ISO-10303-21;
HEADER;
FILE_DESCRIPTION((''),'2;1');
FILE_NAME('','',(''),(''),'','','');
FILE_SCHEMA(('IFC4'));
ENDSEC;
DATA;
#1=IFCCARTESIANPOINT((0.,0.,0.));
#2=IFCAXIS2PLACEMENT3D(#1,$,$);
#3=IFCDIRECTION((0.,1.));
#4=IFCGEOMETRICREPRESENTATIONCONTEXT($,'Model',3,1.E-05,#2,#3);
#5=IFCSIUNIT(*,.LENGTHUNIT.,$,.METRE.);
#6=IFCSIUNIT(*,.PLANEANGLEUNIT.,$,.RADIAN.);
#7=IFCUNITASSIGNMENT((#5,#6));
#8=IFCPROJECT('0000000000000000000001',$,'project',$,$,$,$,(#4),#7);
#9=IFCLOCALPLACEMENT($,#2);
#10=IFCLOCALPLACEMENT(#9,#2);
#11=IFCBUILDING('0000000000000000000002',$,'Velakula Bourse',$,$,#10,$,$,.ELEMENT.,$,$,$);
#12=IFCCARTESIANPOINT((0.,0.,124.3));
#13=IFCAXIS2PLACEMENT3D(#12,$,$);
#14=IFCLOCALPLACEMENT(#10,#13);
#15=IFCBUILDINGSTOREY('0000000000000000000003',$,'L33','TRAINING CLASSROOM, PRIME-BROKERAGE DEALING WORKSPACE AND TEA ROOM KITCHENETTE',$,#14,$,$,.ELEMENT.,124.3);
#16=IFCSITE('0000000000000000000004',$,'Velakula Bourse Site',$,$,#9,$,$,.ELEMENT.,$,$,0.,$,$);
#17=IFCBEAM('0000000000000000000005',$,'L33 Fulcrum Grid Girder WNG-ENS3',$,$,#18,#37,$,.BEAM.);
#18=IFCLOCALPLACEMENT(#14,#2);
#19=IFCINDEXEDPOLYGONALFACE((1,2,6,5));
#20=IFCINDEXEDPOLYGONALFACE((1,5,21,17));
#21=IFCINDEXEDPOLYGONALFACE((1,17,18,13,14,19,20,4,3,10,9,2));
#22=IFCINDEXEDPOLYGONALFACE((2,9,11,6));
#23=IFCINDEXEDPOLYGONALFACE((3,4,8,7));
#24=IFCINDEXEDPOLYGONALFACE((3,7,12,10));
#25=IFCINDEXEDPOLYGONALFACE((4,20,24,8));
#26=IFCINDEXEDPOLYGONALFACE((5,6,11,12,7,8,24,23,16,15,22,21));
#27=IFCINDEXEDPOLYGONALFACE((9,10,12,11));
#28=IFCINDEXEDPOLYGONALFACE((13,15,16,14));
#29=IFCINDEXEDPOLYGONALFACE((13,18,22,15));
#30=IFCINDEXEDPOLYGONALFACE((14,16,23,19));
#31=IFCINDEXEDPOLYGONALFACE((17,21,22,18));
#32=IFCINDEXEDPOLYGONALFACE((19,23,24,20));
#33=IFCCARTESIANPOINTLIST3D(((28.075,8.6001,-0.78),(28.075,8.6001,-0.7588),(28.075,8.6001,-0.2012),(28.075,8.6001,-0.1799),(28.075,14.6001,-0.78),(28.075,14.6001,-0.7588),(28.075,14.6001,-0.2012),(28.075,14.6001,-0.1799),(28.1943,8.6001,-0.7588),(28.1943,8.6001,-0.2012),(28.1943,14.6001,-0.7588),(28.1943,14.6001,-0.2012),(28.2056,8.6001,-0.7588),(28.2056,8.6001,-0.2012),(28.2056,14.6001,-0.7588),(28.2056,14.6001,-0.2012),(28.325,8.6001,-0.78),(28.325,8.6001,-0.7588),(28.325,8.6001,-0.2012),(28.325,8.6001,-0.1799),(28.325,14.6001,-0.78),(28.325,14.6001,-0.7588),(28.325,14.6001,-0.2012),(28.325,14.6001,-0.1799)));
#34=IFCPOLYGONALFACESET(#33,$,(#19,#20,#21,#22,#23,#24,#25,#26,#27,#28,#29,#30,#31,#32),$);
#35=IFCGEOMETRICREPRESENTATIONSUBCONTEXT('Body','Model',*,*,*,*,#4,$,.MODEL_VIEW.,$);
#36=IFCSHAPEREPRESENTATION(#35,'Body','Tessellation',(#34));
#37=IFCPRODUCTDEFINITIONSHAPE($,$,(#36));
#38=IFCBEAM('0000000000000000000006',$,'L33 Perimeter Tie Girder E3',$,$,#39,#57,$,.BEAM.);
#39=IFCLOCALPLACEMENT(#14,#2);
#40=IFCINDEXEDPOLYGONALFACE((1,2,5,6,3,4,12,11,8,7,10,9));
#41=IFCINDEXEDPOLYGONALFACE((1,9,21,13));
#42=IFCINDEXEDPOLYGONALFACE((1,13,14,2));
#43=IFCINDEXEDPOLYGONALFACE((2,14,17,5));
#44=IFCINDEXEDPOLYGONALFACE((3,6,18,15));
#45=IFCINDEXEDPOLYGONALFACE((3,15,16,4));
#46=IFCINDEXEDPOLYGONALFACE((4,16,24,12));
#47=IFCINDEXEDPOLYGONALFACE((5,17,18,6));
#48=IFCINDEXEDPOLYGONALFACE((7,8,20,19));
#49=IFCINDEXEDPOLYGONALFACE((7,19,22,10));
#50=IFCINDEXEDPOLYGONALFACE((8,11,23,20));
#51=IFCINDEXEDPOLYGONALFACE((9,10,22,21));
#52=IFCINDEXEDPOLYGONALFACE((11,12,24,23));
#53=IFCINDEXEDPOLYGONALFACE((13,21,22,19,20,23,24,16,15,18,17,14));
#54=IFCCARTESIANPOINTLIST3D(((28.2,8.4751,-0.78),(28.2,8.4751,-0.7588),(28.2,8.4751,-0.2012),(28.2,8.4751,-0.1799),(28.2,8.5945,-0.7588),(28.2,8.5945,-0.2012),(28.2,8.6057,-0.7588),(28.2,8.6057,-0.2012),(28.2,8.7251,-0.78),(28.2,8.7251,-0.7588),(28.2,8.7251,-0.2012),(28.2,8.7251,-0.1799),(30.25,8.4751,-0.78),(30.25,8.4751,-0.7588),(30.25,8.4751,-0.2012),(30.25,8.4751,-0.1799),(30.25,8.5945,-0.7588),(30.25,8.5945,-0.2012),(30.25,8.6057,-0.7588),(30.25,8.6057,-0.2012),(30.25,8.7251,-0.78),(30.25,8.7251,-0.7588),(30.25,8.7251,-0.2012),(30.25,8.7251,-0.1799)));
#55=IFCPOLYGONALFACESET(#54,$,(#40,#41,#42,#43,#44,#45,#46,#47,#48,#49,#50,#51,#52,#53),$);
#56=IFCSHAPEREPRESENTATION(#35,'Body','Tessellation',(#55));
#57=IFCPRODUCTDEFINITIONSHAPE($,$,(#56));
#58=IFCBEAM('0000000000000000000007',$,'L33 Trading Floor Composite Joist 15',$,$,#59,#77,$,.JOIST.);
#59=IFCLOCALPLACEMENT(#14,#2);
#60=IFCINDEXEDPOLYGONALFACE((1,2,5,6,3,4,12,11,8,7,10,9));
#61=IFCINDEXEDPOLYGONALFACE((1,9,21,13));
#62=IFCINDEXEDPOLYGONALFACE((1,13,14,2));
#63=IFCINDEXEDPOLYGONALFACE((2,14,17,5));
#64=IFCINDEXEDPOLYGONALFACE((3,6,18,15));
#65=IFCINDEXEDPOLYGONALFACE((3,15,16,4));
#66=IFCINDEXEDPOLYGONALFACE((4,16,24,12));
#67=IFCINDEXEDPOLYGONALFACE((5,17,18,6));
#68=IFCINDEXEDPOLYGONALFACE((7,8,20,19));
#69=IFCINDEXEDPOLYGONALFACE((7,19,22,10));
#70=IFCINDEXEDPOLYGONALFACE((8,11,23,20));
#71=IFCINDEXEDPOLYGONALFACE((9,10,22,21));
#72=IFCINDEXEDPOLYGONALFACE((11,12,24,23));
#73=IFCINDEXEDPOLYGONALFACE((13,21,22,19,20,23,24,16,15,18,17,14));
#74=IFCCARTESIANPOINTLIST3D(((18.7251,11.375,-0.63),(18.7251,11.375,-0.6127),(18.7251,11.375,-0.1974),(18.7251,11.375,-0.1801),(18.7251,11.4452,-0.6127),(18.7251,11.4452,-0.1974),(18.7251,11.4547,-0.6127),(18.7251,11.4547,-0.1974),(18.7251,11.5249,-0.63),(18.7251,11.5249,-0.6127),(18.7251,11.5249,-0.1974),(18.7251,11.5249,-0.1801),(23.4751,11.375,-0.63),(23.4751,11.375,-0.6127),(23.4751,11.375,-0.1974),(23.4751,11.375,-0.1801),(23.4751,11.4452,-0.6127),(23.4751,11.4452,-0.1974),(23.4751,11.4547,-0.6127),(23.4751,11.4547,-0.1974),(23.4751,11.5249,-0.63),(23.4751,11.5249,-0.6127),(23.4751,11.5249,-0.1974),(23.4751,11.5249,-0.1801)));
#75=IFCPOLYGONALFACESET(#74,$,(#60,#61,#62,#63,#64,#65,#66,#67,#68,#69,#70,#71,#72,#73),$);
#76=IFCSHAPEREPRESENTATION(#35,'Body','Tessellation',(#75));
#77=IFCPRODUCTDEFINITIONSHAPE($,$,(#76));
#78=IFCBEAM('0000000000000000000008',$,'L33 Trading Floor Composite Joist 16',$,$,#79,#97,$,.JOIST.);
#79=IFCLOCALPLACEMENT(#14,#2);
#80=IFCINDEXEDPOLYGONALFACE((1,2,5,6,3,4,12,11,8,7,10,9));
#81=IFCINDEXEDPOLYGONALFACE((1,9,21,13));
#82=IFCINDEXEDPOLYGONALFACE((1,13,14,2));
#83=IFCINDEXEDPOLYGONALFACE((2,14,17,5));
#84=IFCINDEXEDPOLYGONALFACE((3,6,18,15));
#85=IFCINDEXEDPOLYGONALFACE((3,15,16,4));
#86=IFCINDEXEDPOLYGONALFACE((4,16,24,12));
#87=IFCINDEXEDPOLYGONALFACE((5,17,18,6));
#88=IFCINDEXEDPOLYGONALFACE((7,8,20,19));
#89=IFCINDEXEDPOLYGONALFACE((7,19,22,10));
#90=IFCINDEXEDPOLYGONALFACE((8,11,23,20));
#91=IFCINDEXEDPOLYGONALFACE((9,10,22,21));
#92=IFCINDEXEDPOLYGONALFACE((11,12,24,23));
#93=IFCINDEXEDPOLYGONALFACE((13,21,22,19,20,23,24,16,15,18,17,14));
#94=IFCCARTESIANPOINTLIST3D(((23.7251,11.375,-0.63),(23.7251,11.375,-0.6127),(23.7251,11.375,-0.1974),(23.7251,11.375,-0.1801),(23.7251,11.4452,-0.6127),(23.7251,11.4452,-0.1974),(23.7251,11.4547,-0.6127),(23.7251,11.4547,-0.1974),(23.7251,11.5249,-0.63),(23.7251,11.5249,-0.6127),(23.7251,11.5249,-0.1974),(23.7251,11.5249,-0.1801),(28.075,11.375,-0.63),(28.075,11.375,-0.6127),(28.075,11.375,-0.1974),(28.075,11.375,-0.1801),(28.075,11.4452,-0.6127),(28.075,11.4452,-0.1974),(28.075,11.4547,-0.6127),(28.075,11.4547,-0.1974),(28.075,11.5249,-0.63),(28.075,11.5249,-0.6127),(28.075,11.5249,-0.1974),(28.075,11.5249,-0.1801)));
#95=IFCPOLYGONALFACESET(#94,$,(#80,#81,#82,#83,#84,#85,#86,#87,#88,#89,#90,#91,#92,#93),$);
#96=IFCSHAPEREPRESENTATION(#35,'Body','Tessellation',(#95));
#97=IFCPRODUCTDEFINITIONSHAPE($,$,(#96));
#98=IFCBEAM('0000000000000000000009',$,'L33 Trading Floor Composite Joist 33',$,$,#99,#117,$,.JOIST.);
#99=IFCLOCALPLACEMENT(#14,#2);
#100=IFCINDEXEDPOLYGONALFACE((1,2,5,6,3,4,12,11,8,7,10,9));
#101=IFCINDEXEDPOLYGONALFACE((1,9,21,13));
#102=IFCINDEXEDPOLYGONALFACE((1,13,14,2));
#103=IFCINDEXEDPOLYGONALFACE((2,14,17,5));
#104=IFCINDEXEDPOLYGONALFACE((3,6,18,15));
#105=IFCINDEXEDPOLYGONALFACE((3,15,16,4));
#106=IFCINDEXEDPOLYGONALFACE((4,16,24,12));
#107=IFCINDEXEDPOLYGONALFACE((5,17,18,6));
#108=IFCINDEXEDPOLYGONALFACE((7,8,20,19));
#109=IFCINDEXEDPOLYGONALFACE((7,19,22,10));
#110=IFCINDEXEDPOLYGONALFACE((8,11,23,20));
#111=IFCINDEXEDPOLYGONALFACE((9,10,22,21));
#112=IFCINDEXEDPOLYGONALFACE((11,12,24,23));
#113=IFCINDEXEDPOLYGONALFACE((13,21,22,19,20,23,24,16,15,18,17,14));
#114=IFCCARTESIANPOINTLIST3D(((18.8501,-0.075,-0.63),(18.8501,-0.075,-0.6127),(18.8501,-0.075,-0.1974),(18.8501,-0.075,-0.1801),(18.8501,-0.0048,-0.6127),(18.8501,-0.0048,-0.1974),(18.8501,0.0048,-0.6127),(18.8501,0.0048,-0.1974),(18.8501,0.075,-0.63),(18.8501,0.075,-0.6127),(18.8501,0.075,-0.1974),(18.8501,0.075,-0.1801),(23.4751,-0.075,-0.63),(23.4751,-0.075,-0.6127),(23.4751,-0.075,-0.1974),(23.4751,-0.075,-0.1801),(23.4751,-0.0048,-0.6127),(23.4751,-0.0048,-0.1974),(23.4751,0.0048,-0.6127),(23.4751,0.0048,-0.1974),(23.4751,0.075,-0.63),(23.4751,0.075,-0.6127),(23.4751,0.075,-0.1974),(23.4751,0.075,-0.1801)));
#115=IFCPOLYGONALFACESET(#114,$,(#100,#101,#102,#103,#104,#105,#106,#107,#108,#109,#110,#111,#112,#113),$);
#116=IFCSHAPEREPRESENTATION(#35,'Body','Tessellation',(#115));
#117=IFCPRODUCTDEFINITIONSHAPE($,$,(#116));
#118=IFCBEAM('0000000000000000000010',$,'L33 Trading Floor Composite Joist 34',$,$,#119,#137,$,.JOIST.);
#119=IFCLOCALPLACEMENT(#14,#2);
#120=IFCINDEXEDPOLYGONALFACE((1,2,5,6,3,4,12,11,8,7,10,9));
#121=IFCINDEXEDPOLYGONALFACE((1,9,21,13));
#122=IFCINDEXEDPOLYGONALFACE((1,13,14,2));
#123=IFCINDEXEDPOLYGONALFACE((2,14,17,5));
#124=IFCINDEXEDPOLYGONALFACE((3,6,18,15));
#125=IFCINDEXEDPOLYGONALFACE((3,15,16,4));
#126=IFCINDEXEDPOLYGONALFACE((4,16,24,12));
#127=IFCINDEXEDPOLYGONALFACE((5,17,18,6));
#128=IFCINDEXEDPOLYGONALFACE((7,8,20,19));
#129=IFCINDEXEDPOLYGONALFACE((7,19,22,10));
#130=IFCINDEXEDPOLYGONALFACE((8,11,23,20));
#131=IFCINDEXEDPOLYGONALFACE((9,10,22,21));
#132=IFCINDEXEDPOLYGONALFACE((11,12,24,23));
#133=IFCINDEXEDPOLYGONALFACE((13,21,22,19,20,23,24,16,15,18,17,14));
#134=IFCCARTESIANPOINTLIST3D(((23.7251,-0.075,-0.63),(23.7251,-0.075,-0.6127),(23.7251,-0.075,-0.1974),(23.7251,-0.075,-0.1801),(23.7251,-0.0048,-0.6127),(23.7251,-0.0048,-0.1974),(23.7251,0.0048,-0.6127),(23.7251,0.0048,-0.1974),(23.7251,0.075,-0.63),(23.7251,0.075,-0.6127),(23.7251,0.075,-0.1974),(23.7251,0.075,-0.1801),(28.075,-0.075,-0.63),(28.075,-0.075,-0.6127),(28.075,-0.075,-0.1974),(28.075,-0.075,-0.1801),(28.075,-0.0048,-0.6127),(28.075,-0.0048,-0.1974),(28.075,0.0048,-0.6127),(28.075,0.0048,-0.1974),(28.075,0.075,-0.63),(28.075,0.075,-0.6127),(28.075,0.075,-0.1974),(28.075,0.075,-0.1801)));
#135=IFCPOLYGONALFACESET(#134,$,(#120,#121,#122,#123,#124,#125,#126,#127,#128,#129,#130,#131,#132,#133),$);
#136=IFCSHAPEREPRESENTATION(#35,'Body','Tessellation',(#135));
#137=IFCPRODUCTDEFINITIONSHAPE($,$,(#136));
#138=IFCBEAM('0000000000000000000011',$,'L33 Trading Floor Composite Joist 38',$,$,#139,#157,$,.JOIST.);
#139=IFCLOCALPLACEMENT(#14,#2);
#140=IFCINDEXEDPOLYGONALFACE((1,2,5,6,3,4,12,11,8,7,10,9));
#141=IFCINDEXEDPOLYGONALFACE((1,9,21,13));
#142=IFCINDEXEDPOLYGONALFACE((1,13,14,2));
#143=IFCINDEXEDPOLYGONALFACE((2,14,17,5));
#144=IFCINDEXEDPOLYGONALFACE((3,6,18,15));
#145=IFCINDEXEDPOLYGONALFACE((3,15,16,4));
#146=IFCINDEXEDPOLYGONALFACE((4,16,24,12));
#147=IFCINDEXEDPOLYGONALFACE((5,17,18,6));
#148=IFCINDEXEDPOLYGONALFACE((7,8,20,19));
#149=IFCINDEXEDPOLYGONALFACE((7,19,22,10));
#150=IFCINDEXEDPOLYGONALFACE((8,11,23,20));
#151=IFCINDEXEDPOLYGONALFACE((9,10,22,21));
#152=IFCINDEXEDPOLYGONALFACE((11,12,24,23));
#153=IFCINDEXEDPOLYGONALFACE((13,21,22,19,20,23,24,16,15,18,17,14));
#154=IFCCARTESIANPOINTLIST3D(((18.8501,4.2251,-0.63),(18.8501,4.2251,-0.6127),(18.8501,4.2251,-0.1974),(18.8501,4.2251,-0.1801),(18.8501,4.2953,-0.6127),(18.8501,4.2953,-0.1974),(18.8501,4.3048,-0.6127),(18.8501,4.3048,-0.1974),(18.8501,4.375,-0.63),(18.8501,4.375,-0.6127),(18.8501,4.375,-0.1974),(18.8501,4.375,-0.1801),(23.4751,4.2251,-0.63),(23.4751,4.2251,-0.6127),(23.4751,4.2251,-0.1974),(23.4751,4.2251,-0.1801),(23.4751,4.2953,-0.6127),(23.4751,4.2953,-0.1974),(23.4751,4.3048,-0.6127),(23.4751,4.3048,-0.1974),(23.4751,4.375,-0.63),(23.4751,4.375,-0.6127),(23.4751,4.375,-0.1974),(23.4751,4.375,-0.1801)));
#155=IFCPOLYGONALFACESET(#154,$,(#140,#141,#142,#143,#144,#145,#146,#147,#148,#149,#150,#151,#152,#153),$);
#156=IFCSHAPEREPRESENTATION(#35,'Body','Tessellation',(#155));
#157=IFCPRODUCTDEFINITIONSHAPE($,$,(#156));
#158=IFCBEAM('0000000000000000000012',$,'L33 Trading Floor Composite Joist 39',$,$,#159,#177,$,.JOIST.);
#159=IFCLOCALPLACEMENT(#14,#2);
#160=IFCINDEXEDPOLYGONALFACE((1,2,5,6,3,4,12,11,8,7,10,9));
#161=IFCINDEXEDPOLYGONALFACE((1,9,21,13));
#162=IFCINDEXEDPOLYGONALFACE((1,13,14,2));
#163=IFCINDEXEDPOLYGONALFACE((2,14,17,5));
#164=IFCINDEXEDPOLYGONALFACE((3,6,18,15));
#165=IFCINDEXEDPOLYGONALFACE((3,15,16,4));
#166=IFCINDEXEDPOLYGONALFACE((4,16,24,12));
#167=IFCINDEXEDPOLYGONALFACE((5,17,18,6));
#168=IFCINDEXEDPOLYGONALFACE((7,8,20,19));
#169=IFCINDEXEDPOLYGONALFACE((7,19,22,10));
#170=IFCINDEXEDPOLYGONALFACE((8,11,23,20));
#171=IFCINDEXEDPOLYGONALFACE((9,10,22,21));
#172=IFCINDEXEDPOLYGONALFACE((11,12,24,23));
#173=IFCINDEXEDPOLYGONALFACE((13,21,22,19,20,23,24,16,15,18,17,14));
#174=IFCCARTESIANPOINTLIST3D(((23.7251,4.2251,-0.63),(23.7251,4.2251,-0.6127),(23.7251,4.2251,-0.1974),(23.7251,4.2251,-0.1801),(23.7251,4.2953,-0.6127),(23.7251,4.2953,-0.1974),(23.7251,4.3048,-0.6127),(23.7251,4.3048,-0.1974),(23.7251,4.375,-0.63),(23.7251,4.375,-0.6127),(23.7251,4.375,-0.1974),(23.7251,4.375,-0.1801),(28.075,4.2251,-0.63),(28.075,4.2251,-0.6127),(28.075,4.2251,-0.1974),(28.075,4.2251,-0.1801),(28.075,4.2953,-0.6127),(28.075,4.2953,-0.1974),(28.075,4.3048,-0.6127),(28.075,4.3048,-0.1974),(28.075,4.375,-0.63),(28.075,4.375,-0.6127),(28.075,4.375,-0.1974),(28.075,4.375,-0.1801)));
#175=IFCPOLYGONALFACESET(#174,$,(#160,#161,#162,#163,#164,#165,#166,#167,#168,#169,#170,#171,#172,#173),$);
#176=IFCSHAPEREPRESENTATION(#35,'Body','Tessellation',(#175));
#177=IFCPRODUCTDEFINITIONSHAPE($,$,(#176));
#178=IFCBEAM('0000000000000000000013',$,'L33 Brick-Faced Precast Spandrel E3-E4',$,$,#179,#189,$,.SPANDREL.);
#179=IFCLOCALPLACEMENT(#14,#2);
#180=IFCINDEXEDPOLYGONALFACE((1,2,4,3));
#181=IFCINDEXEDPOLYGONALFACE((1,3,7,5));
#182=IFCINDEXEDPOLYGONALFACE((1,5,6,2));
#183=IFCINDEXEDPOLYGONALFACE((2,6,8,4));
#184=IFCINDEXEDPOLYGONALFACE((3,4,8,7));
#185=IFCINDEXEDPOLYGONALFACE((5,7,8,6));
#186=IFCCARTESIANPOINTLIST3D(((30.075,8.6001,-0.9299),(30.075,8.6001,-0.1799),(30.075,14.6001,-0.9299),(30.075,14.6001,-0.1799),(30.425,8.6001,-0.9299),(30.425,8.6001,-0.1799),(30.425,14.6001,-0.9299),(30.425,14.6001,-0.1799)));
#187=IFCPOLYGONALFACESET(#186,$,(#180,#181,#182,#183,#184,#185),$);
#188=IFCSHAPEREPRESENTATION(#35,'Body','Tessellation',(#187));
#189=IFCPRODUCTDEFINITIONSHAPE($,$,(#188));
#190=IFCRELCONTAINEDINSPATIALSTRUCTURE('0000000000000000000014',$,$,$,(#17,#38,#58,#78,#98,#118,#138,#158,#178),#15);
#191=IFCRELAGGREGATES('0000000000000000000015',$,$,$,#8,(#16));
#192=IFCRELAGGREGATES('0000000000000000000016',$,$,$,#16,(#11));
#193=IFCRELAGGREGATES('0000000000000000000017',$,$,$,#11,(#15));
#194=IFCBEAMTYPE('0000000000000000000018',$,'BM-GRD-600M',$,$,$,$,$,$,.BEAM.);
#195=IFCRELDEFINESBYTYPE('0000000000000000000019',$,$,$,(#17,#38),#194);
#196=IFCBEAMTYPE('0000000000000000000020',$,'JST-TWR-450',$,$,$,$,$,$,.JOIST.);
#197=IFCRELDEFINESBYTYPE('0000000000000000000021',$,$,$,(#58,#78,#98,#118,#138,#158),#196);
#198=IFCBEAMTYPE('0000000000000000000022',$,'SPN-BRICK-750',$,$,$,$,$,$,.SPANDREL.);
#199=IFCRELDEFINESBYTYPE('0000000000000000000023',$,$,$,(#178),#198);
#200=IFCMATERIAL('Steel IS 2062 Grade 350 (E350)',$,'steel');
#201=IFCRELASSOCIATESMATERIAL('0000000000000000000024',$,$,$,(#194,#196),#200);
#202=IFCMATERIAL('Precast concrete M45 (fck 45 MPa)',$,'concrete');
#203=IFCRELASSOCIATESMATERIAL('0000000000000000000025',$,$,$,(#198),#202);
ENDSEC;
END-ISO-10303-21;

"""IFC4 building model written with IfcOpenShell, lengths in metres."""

from ifc_helpers import new_model, si_unit, direction, frame, origin, origin_2d, place, context, subcontext, project, spatial, rectangle, i_section, extrude, material, material_profile, profile_set, type_object, element, save


model = new_model("IFC4")

# Units and contexts
model_context = context("Model", 3, precision=1e-05, world=origin(), true_north=direction((0.0, 1.0)))
body_context = subcontext(model_context, "Body", "Model", "MODEL_VIEW")
ifc_project = project(units=[si_unit("LENGTHUNIT", "METRE"), si_unit("PLANEANGLEUNIT", "RADIAN")], contexts=[model_context])

# Site, building, storey
site_placement = place(None, origin())
site = spatial("IfcSite", under=ifc_project, at=site_placement, Name="Velakula Bourse Site", CompositionType="ELEMENT", RefElevation=0.0)
building_placement = place(site_placement, origin())
building = spatial("IfcBuilding", under=site, at=building_placement, Name="Velakula Bourse", CompositionType="ELEMENT")
storey_placement = place(building_placement, frame((0.0, 0.0, 124.3)))
storey = spatial("IfcBuildingStorey", under=building, at=storey_placement, Name="L33", Description="TRAINING CLASSROOM, PRIME-BROKERAGE DEALING WORKSPACE AND TEA ROOM KITCHENETTE", CompositionType="ELEMENT", Elevation=124.3)

# Shared definitions
ifc_material_1 = material(Name="Steel IS 2062 Grade 350 (E350)", Category="steel")

# Beams
ifc_material_profile_1 = material_profile(ifc_material_1, i_section(OverallWidth=0.25, OverallDepth=0.6001, WebThickness=0.0112, FlangeThickness=0.0212, at=origin_2d()), Name="Steel IS 2062 Grade 350 (E350)")
ifc_profile_set_1 = profile_set([ifc_material_profile_1], Name="Steel IS 2062 Grade 350 (E350)")
beam_type_1 = type_object("IfcBeamType", Name="BM-GRD-600M", PredefinedType="BEAM", material=ifc_profile_set_1)
beam_1_placement = place(storey_placement, frame((28.2, 8.6001, -0.48), z_axis=(0.0, 1.0, 0.0), x_axis=(-1.0, 0.0, 0.0)))
element("IfcBeam", 1, at=beam_1_placement, inside=storey, type_object=beam_type_1, Name="L33 Fulcrum Grid Girder WNG-ENS3", PredefinedType="BEAM", context=body_context, shape_type="SweptSolid", body=[
    extrude(i_section(OverallWidth=0.25, OverallDepth=0.6001, WebThickness=0.0112, FlangeThickness=0.0212, at=origin_2d()), origin(), (0.0, 0.0, 1.0), 6.0),
])
beam_2_placement = place(storey_placement, frame((28.2, 8.6001, -0.48), z_axis=(1.0, 0.0, 0.0), x_axis=(0.0, 1.0, 0.0)))
element("IfcBeam", 2, at=beam_2_placement, inside=storey, type_object=beam_type_1, Name="L33 Perimeter Tie Girder E3", PredefinedType="BEAM", context=body_context, shape_type="SweptSolid", body=[
    extrude(i_section(OverallWidth=0.25, OverallDepth=0.6001, WebThickness=0.0112, FlangeThickness=0.0212, at=origin_2d()), origin(), (0.0, 0.0, 1.0), 2.05),
])
ifc_material_profile_2 = material_profile(ifc_material_1, i_section(OverallWidth=0.1499, OverallDepth=0.45, WebThickness=0.0095, FlangeThickness=0.0173, at=origin_2d()), Name="Steel IS 2062 Grade 350 (E350)")
ifc_profile_set_2 = profile_set([ifc_material_profile_2], Name="Steel IS 2062 Grade 350 (E350)")
beam_type_2 = type_object("IfcBeamType", Name="JST-TWR-450", PredefinedType="JOIST", material=ifc_profile_set_2)
beam_3_placement = place(storey_placement, frame((18.7251, 11.45, -0.405), z_axis=(1.0, 0.0, 0.0), x_axis=(0.0, 1.0, 0.0)))
element("IfcBeam", 3, at=beam_3_placement, inside=storey, type_object=beam_type_2, Name="L33 Trading Floor Composite Joist 15", PredefinedType="JOIST", context=body_context, shape_type="SweptSolid", body=[
    extrude(i_section(OverallWidth=0.1499, OverallDepth=0.45, WebThickness=0.0095, FlangeThickness=0.0173, at=origin_2d()), origin(), (0.0, 0.0, 1.0), 4.75),
])
beam_4_placement = place(storey_placement, frame((23.7251, 11.45, -0.405), z_axis=(1.0, 0.0, 0.0), x_axis=(0.0, 1.0, 0.0)))
element("IfcBeam", 4, at=beam_4_placement, inside=storey, type_object=beam_type_2, Name="L33 Trading Floor Composite Joist 16", PredefinedType="JOIST", context=body_context, shape_type="SweptSolid", body=[
    extrude(i_section(OverallWidth=0.1499, OverallDepth=0.45, WebThickness=0.0095, FlangeThickness=0.0173, at=origin_2d()), origin(), (0.0, 0.0, 1.0), 4.3499),
])
beam_5_placement = place(storey_placement, frame((18.8501, 0.0, -0.405), z_axis=(1.0, 0.0, 0.0), x_axis=(0.0, 1.0, 0.0)))
element("IfcBeam", 5, at=beam_5_placement, inside=storey, type_object=beam_type_2, Name="L33 Trading Floor Composite Joist 33", PredefinedType="JOIST", context=body_context, shape_type="SweptSolid", body=[
    extrude(i_section(OverallWidth=0.1499, OverallDepth=0.45, WebThickness=0.0095, FlangeThickness=0.0173, at=origin_2d()), origin(), (0.0, 0.0, 1.0), 4.625),
])
beam_6_placement = place(storey_placement, frame((23.7251, 0.0, -0.405), z_axis=(1.0, 0.0, 0.0), x_axis=(0.0, 1.0, 0.0)))
element("IfcBeam", 6, at=beam_6_placement, inside=storey, type_object=beam_type_2, Name="L33 Trading Floor Composite Joist 34", PredefinedType="JOIST", context=body_context, shape_type="SweptSolid", body=[
    extrude(i_section(OverallWidth=0.1499, OverallDepth=0.45, WebThickness=0.0095, FlangeThickness=0.0173, at=origin_2d()), origin(), (0.0, 0.0, 1.0), 4.3499),
])
beam_7_placement = place(storey_placement, frame((18.8501, 4.3, -0.405), z_axis=(1.0, 0.0, 0.0), x_axis=(0.0, 1.0, 0.0)))
element("IfcBeam", 7, at=beam_7_placement, inside=storey, type_object=beam_type_2, Name="L33 Trading Floor Composite Joist 38", PredefinedType="JOIST", context=body_context, shape_type="SweptSolid", body=[
    extrude(i_section(OverallWidth=0.1499, OverallDepth=0.45, WebThickness=0.0095, FlangeThickness=0.0173, at=origin_2d()), origin(), (0.0, 0.0, 1.0), 4.625),
])
beam_8_placement = place(storey_placement, frame((23.7251, 4.3, -0.405), z_axis=(1.0, 0.0, 0.0), x_axis=(0.0, 1.0, 0.0)))
element("IfcBeam", 8, at=beam_8_placement, inside=storey, type_object=beam_type_2, Name="L33 Trading Floor Composite Joist 39", PredefinedType="JOIST", context=body_context, shape_type="SweptSolid", body=[
    extrude(i_section(OverallWidth=0.1499, OverallDepth=0.45, WebThickness=0.0095, FlangeThickness=0.0173, at=origin_2d()), origin(), (0.0, 0.0, 1.0), 4.3499),
])
ifc_material_2 = material(Name="Precast concrete M45 (fck 45 MPa)", Category="concrete")
ifc_material_profile_3 = material_profile(ifc_material_2, rectangle(XDim=0.3501, YDim=0.75, at=origin_2d()), Name="Precast concrete M45 (fck 45 MPa)")
ifc_profile_set_3 = profile_set([ifc_material_profile_3], Name="Precast concrete M45 (fck 45 MPa)")
beam_type_3 = type_object("IfcBeamType", Name="SPN-BRICK-750", PredefinedType="SPANDREL", material=ifc_profile_set_3)
beam_9_placement = place(storey_placement, frame((30.25, 8.6001, -0.5549), z_axis=(0.0, 1.0, 0.0), x_axis=(-1.0, 0.0, 0.0)))
element("IfcBeam", 9, at=beam_9_placement, inside=storey, type_object=beam_type_3, Name="L33 Brick-Faced Precast Spandrel E3-E4", PredefinedType="SPANDREL", context=body_context, shape_type="SweptSolid", body=[
    extrude(rectangle(XDim=0.3501, YDim=0.75, at=origin_2d()), origin(), (0.0, 0.0, 1.0), 6.0),
])

save(model, "model.ifc")
